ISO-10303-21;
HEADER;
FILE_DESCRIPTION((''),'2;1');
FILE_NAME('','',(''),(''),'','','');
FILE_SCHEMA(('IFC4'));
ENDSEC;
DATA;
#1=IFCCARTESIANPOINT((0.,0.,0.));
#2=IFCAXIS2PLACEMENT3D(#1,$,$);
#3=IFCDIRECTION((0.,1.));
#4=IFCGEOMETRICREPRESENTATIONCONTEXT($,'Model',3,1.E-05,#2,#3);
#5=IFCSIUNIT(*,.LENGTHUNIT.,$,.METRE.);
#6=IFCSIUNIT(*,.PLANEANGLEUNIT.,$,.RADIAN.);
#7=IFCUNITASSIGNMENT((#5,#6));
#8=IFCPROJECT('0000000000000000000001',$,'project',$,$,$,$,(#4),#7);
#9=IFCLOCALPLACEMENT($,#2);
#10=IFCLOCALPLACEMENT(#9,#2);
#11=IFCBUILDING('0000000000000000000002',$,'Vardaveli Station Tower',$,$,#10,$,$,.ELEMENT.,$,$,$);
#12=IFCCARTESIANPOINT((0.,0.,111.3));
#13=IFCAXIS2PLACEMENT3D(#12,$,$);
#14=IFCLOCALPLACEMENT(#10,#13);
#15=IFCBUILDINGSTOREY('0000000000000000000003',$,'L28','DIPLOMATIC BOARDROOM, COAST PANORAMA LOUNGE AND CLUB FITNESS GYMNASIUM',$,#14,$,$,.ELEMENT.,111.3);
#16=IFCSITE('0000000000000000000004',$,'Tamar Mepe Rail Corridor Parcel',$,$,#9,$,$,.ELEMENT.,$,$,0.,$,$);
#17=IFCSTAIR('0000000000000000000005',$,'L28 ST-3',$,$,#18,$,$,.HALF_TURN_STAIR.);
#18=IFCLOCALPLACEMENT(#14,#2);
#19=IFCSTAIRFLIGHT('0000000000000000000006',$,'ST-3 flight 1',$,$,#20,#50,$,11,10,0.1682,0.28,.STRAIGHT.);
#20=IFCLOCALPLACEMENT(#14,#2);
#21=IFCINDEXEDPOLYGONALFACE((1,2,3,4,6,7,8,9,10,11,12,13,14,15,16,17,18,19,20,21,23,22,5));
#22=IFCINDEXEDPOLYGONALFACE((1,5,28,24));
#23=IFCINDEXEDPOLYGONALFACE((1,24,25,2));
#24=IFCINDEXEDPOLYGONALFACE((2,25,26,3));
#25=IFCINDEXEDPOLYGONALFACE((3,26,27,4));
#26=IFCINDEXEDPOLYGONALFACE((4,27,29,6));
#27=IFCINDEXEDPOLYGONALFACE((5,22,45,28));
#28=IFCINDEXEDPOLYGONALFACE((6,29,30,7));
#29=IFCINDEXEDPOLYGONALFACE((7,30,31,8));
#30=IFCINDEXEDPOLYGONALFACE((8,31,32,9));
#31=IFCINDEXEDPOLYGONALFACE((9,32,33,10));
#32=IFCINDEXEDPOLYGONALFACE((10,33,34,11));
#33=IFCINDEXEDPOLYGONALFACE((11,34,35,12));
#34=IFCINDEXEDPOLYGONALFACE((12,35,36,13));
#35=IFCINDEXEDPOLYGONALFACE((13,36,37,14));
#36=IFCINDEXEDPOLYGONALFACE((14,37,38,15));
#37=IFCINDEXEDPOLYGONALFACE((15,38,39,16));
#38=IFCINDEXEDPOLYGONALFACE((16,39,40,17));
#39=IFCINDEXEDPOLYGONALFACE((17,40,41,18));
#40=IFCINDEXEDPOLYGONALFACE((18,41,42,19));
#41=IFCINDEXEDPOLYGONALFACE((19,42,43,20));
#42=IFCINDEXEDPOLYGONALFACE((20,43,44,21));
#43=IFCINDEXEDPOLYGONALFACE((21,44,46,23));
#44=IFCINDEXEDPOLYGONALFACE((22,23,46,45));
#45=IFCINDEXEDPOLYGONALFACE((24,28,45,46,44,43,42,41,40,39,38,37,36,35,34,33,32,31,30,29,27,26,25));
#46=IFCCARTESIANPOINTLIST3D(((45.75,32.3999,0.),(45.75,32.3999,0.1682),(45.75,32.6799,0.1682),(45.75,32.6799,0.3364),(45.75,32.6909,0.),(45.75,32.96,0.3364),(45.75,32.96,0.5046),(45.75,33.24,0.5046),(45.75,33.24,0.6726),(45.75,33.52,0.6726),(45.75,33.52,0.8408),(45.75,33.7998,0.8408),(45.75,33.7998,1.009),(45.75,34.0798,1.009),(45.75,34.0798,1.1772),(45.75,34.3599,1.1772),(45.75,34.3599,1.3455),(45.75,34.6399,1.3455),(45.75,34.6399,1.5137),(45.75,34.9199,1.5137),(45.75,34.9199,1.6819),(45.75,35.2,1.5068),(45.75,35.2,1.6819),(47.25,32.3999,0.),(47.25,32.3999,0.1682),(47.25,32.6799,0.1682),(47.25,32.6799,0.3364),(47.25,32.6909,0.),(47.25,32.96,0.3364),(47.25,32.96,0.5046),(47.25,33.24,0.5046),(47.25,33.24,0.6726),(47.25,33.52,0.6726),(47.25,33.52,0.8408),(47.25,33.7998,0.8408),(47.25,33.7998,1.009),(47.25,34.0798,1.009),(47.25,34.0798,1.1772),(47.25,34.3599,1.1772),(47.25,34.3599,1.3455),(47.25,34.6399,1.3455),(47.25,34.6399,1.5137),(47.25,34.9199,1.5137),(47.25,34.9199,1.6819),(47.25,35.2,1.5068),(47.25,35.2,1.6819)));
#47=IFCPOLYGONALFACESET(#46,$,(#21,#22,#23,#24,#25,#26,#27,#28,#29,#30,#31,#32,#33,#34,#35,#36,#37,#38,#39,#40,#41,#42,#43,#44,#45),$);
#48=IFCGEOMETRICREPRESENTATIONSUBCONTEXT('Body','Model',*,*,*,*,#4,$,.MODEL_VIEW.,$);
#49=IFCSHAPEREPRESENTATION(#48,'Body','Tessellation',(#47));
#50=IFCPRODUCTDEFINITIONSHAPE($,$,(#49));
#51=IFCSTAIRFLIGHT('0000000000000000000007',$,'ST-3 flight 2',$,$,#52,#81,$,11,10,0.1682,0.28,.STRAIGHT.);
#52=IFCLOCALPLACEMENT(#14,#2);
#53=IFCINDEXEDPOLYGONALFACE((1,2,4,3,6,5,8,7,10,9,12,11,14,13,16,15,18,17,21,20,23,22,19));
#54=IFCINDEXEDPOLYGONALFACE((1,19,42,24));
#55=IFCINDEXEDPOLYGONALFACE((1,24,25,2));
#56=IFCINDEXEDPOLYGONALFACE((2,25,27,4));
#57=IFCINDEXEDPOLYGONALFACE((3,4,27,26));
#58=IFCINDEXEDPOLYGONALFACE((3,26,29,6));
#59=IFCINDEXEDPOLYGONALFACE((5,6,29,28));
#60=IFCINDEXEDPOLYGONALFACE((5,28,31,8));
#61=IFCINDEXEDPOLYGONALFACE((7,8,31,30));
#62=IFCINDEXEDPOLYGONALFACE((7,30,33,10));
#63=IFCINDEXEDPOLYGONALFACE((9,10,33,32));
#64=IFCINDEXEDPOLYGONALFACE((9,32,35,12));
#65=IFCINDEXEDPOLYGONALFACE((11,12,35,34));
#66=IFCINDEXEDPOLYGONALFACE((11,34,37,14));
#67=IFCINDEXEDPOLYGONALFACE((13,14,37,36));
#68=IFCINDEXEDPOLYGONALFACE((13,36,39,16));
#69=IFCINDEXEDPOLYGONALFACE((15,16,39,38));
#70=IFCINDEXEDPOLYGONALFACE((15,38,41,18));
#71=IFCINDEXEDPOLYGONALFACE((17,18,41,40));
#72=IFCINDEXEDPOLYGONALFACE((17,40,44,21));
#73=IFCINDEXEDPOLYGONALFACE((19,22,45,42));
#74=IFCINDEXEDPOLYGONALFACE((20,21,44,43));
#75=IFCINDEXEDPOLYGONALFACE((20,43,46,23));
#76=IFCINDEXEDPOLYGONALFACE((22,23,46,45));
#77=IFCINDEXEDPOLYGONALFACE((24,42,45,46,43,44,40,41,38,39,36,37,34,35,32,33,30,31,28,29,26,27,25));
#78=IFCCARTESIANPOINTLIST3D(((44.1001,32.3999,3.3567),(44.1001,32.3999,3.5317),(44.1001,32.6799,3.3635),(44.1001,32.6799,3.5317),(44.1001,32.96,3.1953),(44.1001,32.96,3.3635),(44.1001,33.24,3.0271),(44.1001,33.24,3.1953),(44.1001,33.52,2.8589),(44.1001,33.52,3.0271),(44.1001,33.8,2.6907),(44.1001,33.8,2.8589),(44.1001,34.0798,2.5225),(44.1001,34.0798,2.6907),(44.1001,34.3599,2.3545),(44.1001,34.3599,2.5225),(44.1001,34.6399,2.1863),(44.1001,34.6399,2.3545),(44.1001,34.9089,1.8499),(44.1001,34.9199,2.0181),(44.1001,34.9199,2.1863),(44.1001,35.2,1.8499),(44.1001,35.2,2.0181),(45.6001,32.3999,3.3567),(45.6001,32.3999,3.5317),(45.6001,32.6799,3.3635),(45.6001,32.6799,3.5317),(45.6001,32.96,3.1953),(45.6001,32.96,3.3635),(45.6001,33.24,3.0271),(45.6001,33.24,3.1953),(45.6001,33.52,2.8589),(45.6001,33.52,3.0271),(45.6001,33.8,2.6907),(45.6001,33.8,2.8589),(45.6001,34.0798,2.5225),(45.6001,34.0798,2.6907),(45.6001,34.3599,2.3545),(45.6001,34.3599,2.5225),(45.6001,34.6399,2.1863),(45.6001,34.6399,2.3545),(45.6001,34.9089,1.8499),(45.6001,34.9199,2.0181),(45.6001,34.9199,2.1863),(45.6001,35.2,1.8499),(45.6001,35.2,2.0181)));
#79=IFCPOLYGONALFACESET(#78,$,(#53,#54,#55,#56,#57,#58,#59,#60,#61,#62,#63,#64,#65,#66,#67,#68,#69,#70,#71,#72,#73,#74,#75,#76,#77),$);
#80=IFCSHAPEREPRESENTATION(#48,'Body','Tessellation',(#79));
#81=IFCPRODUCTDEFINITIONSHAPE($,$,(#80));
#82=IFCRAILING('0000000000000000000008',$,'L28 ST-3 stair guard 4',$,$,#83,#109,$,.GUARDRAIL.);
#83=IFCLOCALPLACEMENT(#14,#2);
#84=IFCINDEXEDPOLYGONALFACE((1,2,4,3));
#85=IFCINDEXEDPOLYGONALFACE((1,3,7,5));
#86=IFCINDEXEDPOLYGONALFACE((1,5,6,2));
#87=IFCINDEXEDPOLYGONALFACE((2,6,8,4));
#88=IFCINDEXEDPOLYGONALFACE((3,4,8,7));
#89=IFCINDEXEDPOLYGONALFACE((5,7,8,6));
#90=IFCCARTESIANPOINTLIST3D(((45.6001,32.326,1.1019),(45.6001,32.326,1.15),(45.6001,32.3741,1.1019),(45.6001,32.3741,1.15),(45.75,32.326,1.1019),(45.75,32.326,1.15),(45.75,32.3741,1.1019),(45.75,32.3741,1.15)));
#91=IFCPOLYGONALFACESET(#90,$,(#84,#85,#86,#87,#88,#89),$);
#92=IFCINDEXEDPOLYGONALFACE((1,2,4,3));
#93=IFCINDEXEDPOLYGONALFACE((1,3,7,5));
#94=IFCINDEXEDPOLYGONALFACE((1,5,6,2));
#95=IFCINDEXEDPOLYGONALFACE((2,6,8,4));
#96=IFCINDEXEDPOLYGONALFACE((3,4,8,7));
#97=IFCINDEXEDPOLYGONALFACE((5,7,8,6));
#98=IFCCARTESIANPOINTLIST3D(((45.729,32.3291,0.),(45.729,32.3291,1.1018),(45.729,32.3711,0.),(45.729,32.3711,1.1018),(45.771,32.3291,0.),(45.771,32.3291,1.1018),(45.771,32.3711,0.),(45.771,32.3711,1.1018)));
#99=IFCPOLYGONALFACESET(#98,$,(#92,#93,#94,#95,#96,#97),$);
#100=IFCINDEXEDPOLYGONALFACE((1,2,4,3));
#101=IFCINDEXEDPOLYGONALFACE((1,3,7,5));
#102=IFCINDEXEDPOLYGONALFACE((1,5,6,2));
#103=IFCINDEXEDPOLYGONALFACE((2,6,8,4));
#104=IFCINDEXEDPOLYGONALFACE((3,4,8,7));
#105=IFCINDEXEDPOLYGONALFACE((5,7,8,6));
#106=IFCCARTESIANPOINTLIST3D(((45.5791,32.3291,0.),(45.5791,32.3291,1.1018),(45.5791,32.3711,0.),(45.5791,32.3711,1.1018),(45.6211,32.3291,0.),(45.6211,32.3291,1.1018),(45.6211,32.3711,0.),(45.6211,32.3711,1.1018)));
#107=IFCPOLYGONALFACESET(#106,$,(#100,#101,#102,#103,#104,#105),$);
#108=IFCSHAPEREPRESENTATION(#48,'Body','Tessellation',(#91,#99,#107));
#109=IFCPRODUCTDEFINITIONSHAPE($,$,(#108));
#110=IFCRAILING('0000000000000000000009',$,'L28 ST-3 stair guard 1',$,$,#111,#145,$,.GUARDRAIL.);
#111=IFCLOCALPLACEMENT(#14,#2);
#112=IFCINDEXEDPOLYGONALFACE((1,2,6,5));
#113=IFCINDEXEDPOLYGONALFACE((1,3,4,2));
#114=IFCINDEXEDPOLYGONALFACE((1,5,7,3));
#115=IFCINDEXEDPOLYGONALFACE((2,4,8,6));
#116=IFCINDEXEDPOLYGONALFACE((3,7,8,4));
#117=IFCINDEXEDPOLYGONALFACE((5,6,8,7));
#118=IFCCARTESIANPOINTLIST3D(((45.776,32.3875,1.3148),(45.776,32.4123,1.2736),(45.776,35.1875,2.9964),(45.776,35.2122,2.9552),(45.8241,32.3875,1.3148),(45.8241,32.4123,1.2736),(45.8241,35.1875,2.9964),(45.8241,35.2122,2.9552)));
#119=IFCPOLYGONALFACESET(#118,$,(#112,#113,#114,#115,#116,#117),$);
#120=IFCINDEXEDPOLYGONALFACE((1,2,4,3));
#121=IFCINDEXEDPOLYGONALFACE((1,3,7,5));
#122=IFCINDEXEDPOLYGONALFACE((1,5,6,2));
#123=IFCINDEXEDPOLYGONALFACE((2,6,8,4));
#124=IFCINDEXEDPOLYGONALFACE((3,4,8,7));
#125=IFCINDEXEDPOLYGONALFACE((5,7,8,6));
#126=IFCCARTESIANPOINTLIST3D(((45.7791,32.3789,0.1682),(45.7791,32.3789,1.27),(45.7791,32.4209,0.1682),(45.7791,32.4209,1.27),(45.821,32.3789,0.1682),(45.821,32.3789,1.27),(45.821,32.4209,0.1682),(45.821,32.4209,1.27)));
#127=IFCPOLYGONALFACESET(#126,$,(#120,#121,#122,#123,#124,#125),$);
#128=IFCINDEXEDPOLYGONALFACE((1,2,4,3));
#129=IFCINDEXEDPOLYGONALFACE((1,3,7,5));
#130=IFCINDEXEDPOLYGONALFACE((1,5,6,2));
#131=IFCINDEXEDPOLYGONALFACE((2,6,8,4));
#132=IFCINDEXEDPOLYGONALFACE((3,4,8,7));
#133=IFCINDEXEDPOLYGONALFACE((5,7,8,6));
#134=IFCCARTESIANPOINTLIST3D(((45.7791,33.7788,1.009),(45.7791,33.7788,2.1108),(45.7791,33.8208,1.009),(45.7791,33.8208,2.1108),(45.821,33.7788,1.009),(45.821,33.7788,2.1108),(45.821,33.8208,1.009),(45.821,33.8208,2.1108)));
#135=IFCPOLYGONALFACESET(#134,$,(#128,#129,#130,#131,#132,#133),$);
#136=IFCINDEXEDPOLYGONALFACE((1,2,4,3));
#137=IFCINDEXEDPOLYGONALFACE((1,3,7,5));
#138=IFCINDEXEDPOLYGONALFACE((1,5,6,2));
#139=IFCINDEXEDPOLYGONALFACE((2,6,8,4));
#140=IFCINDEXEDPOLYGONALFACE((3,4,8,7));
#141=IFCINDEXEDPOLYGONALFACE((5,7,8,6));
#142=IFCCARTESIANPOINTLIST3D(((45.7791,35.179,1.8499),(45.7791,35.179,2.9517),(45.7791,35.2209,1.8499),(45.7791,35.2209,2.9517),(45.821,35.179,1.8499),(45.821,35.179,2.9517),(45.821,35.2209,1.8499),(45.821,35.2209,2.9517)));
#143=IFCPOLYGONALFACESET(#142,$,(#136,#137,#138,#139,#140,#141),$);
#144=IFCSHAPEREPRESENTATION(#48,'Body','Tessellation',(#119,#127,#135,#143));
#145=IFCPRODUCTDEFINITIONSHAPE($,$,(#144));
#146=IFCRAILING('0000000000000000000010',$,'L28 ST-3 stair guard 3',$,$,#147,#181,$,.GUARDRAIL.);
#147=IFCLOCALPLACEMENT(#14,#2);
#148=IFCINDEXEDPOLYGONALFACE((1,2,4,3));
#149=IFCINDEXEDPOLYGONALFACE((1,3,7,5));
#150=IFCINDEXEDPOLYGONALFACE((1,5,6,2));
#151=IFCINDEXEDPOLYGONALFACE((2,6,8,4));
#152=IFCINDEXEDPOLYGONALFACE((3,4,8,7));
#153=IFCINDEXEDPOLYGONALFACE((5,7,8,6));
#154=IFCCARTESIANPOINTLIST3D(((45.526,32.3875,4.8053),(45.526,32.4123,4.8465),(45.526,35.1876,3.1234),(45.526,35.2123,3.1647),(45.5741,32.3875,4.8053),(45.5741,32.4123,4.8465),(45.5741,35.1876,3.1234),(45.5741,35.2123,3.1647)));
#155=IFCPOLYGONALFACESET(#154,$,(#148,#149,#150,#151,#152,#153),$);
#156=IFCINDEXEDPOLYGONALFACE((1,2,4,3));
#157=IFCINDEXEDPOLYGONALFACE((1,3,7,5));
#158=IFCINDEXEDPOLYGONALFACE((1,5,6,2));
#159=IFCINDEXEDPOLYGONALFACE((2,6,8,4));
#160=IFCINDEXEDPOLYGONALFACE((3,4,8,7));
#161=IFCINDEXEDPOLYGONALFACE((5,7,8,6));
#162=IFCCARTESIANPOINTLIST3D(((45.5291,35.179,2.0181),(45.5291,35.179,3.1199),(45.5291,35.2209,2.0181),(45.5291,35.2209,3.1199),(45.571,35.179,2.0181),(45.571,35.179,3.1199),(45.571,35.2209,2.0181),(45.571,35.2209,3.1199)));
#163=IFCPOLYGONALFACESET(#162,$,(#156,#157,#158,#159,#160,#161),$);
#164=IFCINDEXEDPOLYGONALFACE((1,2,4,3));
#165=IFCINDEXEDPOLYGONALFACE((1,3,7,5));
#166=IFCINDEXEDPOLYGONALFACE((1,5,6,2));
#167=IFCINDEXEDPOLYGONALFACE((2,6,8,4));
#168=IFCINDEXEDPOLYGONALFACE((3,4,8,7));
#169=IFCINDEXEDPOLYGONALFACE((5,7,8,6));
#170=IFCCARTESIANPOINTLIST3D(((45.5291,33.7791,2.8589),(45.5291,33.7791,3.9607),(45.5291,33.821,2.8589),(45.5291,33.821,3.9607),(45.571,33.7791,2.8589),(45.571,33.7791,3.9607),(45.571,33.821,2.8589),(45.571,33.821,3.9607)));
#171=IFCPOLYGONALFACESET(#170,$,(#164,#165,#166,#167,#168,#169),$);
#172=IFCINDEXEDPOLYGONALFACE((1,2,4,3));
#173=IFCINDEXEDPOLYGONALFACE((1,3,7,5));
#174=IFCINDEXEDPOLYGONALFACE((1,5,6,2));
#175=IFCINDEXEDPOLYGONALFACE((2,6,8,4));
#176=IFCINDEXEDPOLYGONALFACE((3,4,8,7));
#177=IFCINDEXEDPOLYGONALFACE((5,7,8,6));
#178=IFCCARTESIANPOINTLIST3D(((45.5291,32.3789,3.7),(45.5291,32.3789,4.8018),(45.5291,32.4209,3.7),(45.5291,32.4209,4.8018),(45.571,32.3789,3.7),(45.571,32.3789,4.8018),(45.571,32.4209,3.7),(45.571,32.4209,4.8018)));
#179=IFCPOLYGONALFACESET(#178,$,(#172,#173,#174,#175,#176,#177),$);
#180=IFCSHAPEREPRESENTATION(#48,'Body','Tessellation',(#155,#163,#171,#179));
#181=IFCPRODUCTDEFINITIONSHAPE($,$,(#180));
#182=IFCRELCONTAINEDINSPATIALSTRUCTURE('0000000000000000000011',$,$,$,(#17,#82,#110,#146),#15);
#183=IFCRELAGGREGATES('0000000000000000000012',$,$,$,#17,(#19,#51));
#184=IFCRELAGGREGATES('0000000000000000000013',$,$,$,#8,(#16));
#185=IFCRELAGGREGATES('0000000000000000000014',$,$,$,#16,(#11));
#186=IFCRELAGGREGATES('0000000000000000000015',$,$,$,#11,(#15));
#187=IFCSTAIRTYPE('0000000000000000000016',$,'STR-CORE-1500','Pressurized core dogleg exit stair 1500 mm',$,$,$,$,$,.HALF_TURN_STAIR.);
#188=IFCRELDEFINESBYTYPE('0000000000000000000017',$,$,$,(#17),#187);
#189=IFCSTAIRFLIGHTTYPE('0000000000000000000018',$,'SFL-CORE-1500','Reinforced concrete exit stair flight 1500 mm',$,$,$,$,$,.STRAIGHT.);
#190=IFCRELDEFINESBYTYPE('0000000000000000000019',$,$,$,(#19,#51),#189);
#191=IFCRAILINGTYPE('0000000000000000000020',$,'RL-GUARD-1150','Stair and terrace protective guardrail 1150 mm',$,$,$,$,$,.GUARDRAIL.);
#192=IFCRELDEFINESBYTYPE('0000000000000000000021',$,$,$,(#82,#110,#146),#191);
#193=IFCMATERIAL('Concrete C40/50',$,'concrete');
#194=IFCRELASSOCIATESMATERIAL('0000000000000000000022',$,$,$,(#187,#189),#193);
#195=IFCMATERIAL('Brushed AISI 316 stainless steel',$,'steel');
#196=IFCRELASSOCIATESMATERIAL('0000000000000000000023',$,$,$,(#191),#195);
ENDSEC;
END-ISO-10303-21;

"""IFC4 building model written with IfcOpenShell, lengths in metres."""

from ifc_helpers import new_model, si_unit, direction, frame, origin, origin_2d, place, context, subcontext, project, spatial, polyline, rectangle, outline, extrude, source, transform, mapped, material, type_object, element, aggregate, save


model = new_model("IFC4")

# Units and contexts
model_context = context("Model", 3, precision=1e-05, world=origin(), true_north=direction((0.0, 1.0)))
body_context = subcontext(model_context, "Body", "Model", "MODEL_VIEW")
ifc_project = project(units=[si_unit("LENGTHUNIT", "METRE"), si_unit("PLANEANGLEUNIT", "RADIAN")], contexts=[model_context])

# Site, building, storey
site_placement = place(None, origin())
site = spatial("IfcSite", under=ifc_project, at=site_placement, Name="Tamar Mepe Rail Corridor Parcel", CompositionType="ELEMENT", RefElevation=0.0)
building_placement = place(site_placement, origin())
building = spatial("IfcBuilding", under=site, at=building_placement, Name="Vardaveli Station Tower", CompositionType="ELEMENT")
storey_placement = place(building_placement, frame((0.0, 0.0, 111.3)))
storey = spatial("IfcBuildingStorey", under=building, at=storey_placement, Name="L28", Description="DIPLOMATIC BOARDROOM, COAST PANORAMA LOUNGE AND CLUB FITNESS GYMNASIUM", CompositionType="ELEMENT", Elevation=111.3)

# Shared definitions
ifc_material_1 = material(Name="Concrete C40/50", Category="concrete")

# Stair, stair flights
stair_type = type_object("IfcStairType", Name="STR-CORE-1500", Description="Pressurized core dogleg exit stair 1500 mm", PredefinedType="HALF_TURN_STAIR", material=ifc_material_1)
stair_placement = place(storey_placement, origin())
stair = element("IfcStair", 1, at=stair_placement, inside=storey, type_object=stair_type, Name="L28 ST-3", PredefinedType="HALF_TURN_STAIR")
stair_flight_type = type_object("IfcStairFlightType", Name="SFL-CORE-1500", Description="Reinforced concrete exit stair flight 1500 mm", PredefinedType="STRAIGHT", material=ifc_material_1)
shared_shape_1 = source(origin(), body_context, "Body", "SweptSolid", [
    extrude(outline(polyline([(0.0, 0.0), (0.0, 0.1682), (0.28, 0.1682), (0.28, 0.3364), (0.5601, 0.3364), (0.5601, 0.5046), (0.8401, 0.5046), (0.8401, 0.6726), (1.1201, 0.6726), (1.1201, 0.8408), (1.3999, 0.8408), (1.3999, 1.009), (1.6799, 1.009), (1.6799, 1.1772), (1.96, 1.1772), (1.96, 1.3455), (2.24, 1.3455), (2.24, 1.5137), (2.52, 1.5137), (2.52, 1.6819), (2.8, 1.6819), (2.8, 1.8501), (2.8, 1.5068), (0.291, 0.0), (0.0, 0.0)])), frame((0.0, 0.75, 0.0), z_axis=(0.0, -1.0, 0.0), x_axis=(1.0, 0.0, 0.0)), (0.0, 0.0, 1.0), 1.5),
])
stair_flight_1_placement = place(storey_placement, frame((46.5, 32.3999, 0.0), z_axis=(0.0, 0.0, 1.0), x_axis=(0.0, 1.0, 0.0)))
stair_flight_1 = element("IfcStairFlight", 2, at=stair_flight_1_placement, type_object=stair_flight_type, Name="ST-3 flight 1", NumberOfRisers=11, NumberOfTreads=10, PredefinedType="STRAIGHT", RiserHeight=0.1682, TreadLength=0.28, context=body_context, shape_type="MappedRepresentation", body=[
    mapped(shared_shape_1, transform((0.0, 0.0, 0.0), scale=1.0)),
])
stair_flight_2_placement = place(storey_placement, frame((44.8501, 35.2, 1.8499), z_axis=(0.0, 0.0, 1.0), x_axis=(0.0, -1.0, 0.0)))
stair_flight_2 = element("IfcStairFlight", 3, at=stair_flight_2_placement, type_object=stair_flight_type, Name="ST-3 flight 2", NumberOfRisers=11, NumberOfTreads=10, PredefinedType="STRAIGHT", RiserHeight=0.1682, TreadLength=0.28, context=body_context, shape_type="MappedRepresentation", body=[
    mapped(shared_shape_1, transform((0.0, 0.0, 0.0), scale=1.0)),
])
aggregate(stair, [stair_flight_1, stair_flight_2])

# Railings
ifc_material_2 = material(Name="Brushed AISI 316 stainless steel", Category="steel")
railing_type_1 = type_object("IfcRailingType", Name="RL-GUARD-1150", Description="Stair and terrace protective guardrail 1150 mm", PredefinedType="GUARDRAIL", material=ifc_material_2)
shared_shape_2 = source(origin(), body_context, "Body", "SweptSolid", [
    extrude(rectangle(XDim=0.0481, YDim=0.0481, at=origin_2d()), frame((0.0, 0.0, 1.126), z_axis=(-1.0, 0.0, 0.0), x_axis=(0.0, -1.0, 0.0)), (0.0, 0.0, 1.0), 0.1499),
    extrude(rectangle(XDim=0.042, YDim=0.042, at=origin_2d()), origin(), (0.0, 0.0, 1.0), 1.1018),
    extrude(rectangle(XDim=0.042, YDim=0.042, at=origin_2d()), frame((-0.1499, 0.0, 0.0)), (0.0, 0.0, 1.0), 1.1018),
])
railing_1_placement = place(storey_placement, frame((45.75, 32.3501, 0.0)))
element("IfcRailing", 4, at=railing_1_placement, inside=storey, type_object=railing_type_1, Name="L28 ST-3 stair guard 4", PredefinedType="GUARDRAIL", context=body_context, shape_type="MappedRepresentation", body=[
    mapped(shared_shape_2, transform((0.0, 0.0, 0.0), scale=1.0)),
])
shared_shape_3 = source(origin(), body_context, "Body", "SweptSolid", [
    extrude(rectangle(XDim=0.0481, YDim=0.0481, at=origin_2d()), frame((0.0, 0.0, 1.126), z_axis=(0.0, 0.857275, 0.514858), x_axis=(-1.0, 0.0, 0.0)), (0.0, 0.0, 1.0), 3.2661),
    extrude(rectangle(XDim=0.042, YDim=0.042, at=origin_2d()), origin(), (0.0, 0.0, 1.0), 1.1018),
    extrude(rectangle(XDim=0.042, YDim=0.042, at=origin_2d()), frame((0.0, 1.3999, 0.8408)), (0.0, 0.0, 1.0), 1.1018),
    extrude(rectangle(XDim=0.042, YDim=0.042, at=origin_2d()), frame((0.0, 2.8, 1.6816)), (0.0, 0.0, 1.0), 1.1018),
])
railing_2_placement = place(storey_placement, frame((45.8, 32.3999, 0.1682)))
element("IfcRailing", 5, at=railing_2_placement, inside=storey, type_object=railing_type_1, Name="L28 ST-3 stair guard 1", PredefinedType="GUARDRAIL", context=body_context, shape_type="MappedRepresentation", body=[
    mapped(shared_shape_3, transform((0.0, 0.0, 0.0), scale=1.0)),
])
shared_shape_4 = source(origin(), body_context, "Body", "SweptSolid", [
    extrude(rectangle(XDim=0.0481, YDim=0.0481, at=origin_2d()), frame((0.0, 0.0, 1.126), z_axis=(0.0, -0.857242, 0.514913), x_axis=(1.0, 0.0, 0.0)), (0.0, 0.0, 1.0), 3.2664),
    extrude(rectangle(XDim=0.042, YDim=0.042, at=origin_2d()), origin(), (0.0, 0.0, 1.0), 1.1018),
    extrude(rectangle(XDim=0.042, YDim=0.042, at=origin_2d()), frame((0.0, -1.3999, 0.8408)), (0.0, 0.0, 1.0), 1.1018),
    extrude(rectangle(XDim=0.042, YDim=0.042, at=origin_2d()), frame((0.0, -2.8, 1.6819)), (0.0, 0.0, 1.0), 1.1018),
])
railing_3_placement = place(storey_placement, frame((45.55, 35.2, 2.0181)))
element("IfcRailing", 6, at=railing_3_placement, inside=storey, type_object=railing_type_1, Name="L28 ST-3 stair guard 3", PredefinedType="GUARDRAIL", context=body_context, shape_type="MappedRepresentation", body=[
    mapped(shared_shape_4, transform((0.0, 0.0, 0.0), scale=1.0)),
])

save(model, "model.ifc")
